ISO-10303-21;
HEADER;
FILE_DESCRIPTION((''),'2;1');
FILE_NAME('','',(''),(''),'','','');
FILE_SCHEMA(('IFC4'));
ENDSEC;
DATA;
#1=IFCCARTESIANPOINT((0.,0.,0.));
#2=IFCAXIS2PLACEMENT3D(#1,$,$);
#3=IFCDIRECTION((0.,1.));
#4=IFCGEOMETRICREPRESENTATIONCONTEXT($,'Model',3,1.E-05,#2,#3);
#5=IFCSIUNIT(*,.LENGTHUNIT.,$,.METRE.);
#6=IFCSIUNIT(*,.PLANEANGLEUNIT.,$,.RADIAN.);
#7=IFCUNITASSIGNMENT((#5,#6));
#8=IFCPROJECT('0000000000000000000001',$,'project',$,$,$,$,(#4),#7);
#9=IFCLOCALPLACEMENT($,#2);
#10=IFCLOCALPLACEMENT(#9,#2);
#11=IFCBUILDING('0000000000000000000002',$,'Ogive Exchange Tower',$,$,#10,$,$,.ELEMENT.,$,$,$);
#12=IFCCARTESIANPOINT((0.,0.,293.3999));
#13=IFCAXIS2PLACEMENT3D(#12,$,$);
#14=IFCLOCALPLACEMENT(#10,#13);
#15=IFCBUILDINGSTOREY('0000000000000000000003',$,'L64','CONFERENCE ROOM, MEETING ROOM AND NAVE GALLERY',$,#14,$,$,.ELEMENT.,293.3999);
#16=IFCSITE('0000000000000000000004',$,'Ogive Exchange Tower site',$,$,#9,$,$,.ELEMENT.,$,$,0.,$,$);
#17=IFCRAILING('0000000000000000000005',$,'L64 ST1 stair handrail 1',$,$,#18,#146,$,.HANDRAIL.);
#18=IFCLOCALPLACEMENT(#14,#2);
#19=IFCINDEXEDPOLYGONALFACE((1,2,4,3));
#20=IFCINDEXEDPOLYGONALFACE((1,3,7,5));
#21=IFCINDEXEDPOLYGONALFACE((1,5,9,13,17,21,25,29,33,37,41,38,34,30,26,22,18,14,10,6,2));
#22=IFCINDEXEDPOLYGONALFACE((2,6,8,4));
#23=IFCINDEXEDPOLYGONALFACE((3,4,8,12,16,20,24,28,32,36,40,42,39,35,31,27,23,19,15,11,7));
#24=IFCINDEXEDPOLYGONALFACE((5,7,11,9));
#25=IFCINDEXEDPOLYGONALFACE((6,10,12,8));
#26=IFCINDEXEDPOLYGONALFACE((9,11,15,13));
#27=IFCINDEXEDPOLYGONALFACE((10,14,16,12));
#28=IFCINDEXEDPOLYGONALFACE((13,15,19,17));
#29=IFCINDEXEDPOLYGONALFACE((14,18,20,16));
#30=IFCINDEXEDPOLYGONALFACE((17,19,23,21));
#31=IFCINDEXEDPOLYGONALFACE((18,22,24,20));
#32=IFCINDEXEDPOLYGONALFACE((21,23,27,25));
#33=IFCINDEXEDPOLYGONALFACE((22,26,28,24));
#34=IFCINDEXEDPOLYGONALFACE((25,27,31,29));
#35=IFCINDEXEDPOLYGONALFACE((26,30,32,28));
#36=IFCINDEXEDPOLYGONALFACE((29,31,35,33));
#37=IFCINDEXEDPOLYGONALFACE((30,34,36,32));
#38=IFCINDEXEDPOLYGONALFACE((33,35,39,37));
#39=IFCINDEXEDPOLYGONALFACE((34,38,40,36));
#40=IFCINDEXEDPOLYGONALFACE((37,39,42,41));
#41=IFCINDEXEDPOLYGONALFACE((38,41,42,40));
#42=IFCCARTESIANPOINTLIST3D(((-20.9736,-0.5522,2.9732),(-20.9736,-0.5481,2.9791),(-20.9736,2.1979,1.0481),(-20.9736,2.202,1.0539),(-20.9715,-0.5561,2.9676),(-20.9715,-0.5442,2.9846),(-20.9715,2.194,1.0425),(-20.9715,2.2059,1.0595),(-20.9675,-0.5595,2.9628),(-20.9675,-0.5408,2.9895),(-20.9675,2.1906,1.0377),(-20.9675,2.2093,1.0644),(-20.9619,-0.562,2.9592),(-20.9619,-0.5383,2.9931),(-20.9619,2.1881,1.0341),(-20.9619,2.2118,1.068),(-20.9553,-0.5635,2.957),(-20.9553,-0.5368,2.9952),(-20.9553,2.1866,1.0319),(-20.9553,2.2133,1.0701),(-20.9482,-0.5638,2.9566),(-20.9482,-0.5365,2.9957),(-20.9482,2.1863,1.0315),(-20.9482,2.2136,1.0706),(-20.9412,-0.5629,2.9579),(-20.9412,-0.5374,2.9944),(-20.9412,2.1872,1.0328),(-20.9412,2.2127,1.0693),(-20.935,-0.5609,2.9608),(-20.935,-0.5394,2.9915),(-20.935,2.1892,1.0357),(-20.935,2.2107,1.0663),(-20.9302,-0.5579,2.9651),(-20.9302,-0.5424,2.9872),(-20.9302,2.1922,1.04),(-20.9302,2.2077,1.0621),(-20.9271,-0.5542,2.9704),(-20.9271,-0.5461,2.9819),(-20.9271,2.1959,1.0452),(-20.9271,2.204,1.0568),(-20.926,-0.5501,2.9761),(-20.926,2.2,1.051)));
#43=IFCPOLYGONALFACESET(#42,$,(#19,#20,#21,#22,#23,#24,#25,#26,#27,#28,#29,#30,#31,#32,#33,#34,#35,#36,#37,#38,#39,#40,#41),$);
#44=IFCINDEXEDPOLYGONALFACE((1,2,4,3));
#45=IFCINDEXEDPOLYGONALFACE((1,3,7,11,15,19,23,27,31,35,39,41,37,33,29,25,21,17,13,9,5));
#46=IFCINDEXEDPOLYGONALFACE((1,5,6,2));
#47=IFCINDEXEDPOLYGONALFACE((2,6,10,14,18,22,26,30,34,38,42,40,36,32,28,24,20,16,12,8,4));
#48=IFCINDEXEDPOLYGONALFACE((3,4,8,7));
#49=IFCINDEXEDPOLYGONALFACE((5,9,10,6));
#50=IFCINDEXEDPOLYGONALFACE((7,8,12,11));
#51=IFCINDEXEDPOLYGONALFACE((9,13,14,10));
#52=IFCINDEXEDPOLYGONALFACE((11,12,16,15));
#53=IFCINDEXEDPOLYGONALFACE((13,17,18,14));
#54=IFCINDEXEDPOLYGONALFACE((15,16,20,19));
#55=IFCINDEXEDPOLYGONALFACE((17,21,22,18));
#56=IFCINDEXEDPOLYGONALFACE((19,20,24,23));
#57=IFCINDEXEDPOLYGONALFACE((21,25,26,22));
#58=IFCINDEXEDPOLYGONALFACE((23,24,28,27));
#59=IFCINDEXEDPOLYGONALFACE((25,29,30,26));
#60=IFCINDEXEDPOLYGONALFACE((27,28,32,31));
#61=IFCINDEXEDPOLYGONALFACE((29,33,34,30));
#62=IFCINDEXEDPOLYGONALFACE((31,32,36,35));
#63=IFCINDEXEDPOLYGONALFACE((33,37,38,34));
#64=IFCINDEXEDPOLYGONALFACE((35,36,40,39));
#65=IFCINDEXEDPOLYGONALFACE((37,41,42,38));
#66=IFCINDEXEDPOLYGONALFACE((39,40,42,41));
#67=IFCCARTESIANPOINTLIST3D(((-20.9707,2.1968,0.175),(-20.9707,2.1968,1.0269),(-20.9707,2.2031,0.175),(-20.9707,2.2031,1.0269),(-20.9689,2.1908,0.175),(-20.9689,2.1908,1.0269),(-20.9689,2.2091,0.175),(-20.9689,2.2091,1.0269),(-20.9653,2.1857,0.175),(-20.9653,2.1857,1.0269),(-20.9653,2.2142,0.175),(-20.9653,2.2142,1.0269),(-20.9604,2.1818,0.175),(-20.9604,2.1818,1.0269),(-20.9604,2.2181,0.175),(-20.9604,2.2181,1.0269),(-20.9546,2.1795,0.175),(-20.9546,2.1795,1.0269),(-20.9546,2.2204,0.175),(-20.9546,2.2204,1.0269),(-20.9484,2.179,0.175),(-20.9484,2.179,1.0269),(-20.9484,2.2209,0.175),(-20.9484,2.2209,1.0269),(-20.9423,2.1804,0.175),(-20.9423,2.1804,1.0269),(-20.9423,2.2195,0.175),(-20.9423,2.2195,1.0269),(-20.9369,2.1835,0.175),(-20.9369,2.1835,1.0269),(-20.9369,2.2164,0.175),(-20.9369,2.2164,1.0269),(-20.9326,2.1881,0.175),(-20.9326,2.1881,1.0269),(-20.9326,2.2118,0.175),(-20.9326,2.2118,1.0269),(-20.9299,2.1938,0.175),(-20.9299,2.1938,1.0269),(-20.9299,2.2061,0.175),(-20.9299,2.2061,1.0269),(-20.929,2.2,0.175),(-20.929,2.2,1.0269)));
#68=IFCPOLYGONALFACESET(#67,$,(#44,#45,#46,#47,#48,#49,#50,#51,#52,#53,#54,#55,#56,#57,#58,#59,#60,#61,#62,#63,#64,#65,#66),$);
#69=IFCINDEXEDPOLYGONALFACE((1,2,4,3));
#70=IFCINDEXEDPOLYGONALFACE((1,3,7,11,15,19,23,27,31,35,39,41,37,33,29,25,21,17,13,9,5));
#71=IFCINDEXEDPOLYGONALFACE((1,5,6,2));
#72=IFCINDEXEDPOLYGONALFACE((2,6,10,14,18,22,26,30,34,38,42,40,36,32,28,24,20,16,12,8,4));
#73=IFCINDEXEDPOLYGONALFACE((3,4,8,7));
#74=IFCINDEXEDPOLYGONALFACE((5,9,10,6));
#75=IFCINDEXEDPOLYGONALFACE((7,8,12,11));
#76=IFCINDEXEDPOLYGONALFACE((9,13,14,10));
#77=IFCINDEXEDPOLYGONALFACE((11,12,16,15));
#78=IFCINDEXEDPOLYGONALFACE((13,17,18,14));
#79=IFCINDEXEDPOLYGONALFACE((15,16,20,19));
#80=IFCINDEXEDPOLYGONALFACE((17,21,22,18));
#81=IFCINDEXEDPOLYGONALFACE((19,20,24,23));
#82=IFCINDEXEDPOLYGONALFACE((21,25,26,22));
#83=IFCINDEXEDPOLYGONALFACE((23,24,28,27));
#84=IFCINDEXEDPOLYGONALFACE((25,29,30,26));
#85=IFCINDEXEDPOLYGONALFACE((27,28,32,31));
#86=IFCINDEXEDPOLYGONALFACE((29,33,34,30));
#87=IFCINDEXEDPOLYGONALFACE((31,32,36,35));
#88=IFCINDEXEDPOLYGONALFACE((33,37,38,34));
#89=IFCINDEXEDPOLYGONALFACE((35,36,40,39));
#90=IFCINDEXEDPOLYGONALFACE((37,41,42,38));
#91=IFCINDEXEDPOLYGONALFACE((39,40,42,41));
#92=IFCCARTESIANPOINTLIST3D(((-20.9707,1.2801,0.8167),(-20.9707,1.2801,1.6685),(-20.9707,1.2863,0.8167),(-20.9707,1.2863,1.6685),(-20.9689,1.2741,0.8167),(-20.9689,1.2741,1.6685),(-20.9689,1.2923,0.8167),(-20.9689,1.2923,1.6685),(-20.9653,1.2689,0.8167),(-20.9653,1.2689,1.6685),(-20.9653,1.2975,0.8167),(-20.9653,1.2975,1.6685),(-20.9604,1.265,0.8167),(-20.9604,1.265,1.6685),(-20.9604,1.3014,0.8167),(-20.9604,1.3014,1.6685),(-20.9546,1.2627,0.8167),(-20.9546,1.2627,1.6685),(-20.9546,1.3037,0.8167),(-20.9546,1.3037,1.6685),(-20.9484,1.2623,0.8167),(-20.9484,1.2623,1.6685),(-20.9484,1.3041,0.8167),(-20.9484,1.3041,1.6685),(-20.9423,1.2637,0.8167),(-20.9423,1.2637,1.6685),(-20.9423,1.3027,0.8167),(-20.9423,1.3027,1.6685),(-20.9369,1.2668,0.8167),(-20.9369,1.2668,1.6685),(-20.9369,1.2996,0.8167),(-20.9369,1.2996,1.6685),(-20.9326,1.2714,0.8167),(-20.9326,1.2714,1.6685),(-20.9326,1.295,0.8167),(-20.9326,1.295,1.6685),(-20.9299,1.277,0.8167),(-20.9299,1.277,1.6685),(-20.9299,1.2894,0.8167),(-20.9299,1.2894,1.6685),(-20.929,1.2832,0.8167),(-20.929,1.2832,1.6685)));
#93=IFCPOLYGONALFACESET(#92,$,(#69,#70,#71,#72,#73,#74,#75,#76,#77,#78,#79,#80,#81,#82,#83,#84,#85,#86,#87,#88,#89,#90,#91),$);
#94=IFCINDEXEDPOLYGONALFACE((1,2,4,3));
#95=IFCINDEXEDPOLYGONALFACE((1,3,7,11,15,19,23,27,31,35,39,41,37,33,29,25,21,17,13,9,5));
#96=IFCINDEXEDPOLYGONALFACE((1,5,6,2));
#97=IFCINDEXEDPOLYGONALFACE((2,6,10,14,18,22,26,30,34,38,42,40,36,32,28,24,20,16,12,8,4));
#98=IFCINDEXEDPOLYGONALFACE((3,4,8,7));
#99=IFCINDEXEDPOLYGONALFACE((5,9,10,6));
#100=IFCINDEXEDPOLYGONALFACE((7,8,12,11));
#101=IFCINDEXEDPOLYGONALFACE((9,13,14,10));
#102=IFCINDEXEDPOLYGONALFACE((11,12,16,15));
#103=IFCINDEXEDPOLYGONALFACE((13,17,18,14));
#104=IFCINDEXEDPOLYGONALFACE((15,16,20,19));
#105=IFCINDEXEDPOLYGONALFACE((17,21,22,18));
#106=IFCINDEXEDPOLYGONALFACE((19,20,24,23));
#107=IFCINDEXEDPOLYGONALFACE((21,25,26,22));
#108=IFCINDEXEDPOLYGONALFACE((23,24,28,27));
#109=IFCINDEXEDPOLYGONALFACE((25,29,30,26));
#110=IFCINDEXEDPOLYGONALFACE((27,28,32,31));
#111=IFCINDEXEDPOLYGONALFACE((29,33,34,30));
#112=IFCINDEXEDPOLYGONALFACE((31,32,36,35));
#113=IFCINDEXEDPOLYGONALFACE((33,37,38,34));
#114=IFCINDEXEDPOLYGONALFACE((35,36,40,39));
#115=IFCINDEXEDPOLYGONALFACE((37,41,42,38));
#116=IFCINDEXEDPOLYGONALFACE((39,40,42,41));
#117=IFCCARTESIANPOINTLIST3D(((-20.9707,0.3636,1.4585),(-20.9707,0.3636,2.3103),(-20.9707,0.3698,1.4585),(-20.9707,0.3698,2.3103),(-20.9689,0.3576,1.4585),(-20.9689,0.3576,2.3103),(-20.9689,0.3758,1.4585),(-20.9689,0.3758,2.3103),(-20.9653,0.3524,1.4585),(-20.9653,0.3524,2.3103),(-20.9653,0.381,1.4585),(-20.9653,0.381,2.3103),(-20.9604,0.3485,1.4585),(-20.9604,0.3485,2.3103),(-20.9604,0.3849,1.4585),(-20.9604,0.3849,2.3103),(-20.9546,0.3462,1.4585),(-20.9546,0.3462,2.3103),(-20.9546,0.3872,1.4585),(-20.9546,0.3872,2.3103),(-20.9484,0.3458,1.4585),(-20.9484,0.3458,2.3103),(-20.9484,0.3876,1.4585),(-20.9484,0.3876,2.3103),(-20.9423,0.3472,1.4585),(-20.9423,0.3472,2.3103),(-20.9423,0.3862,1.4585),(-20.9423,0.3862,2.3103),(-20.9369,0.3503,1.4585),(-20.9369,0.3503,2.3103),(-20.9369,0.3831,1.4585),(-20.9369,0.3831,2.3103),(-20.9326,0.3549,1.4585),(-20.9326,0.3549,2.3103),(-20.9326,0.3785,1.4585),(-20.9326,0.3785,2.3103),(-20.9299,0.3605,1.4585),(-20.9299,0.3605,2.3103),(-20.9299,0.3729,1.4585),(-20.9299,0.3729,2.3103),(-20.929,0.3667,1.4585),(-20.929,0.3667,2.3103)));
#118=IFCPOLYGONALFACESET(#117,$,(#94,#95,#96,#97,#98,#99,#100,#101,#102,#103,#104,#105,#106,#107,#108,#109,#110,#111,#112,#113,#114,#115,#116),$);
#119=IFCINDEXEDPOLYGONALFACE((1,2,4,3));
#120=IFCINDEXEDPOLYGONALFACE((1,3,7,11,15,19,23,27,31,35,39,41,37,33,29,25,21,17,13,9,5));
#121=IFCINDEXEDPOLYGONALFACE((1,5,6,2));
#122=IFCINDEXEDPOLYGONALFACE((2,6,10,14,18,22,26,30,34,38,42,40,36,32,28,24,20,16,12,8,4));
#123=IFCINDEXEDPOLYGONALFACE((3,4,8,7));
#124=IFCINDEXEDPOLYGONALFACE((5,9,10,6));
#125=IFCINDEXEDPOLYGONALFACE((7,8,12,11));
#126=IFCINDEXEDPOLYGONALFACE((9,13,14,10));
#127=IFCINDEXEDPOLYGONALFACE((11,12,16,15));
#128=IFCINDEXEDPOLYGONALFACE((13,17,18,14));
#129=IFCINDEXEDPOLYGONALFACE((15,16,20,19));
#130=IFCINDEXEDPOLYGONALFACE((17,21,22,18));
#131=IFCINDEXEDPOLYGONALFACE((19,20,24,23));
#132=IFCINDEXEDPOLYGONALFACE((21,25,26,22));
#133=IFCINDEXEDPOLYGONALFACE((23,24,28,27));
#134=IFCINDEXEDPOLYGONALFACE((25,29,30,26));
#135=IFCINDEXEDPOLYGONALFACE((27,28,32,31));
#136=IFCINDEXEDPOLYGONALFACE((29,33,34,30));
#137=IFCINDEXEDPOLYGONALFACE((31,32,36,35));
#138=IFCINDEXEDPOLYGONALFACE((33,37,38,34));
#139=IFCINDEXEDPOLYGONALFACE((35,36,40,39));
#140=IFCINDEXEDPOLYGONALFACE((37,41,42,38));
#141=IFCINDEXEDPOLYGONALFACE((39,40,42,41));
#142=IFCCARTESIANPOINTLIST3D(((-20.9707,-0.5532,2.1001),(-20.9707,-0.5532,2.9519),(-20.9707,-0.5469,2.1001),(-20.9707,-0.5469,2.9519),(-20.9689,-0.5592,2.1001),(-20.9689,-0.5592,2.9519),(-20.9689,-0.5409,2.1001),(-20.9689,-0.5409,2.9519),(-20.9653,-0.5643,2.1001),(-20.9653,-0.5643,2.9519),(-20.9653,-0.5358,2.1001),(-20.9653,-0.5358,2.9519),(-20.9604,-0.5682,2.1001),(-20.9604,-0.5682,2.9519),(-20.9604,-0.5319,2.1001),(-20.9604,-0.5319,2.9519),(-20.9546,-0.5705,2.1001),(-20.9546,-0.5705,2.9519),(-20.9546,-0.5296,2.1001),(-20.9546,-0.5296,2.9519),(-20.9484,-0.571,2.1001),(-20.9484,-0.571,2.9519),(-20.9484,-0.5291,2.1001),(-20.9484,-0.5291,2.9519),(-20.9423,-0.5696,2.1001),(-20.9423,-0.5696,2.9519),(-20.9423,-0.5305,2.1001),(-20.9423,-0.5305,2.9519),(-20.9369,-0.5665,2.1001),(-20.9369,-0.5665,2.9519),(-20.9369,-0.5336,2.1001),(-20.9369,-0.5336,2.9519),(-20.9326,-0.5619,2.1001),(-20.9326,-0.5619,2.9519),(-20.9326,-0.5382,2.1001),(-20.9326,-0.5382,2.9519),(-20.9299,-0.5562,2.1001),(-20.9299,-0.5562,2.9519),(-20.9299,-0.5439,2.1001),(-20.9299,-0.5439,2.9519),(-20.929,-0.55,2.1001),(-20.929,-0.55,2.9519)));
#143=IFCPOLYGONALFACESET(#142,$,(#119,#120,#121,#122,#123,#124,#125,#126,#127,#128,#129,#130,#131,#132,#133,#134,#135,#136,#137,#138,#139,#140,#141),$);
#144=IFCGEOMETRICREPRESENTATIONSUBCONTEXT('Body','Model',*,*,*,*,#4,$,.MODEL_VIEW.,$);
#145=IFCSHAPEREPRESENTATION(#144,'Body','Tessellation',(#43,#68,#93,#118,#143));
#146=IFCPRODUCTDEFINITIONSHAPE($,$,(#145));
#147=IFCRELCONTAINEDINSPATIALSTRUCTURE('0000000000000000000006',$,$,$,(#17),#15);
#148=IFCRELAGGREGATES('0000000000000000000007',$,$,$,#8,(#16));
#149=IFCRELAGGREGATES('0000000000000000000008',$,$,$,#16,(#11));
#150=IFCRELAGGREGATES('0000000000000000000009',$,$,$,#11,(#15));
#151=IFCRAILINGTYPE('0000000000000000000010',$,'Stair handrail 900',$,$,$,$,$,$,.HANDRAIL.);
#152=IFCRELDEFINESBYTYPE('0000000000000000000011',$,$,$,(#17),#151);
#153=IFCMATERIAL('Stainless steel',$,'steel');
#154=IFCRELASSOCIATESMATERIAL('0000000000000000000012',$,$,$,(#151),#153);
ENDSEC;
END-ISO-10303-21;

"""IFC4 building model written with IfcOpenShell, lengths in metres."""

from ifc_helpers import new_model, si_unit, direction, frame, origin, origin_2d, place, context, subcontext, project, spatial, circle, extrude, material, type_object, element, save


model = new_model("IFC4")

# Units and contexts
model_context = context("Model", 3, precision=1e-05, world=origin(), true_north=direction((0.0, 1.0)))
body_context = subcontext(model_context, "Body", "Model", "MODEL_VIEW")
ifc_project = project(units=[si_unit("LENGTHUNIT", "METRE"), si_unit("PLANEANGLEUNIT", "RADIAN")], contexts=[model_context])

# Site, building, storey
site_placement = place(None, origin())
site = spatial("IfcSite", under=ifc_project, at=site_placement, Name="Ogive Exchange Tower site", CompositionType="ELEMENT", RefElevation=0.0)
building_placement = place(site_placement, origin())
building = spatial("IfcBuilding", under=site, at=building_placement, Name="Ogive Exchange Tower", CompositionType="ELEMENT")
storey_placement = place(building_placement, frame((0.0, 0.0, 293.3999)))
storey = spatial("IfcBuildingStorey", under=building, at=storey_placement, Name="L64", Description="CONFERENCE ROOM, MEETING ROOM AND NAVE GALLERY", CompositionType="ELEMENT", Elevation=293.3999)

# Shared definitions
ifc_material_1 = material(Name="Stainless steel", Category="steel")

# Railing
railing_type = type_object("IfcRailingType", Name="Stair handrail 900", PredefinedType="HANDRAIL", material=ifc_material_1)
railing_placement = place(storey_placement, frame((-20.95, 2.2, 0.175)))
element("IfcRailing", 1, at=railing_placement, inside=storey, type_object=railing_type, Name="L64 ST1 stair handrail 1", PredefinedType="HANDRAIL", context=body_context, shape_type="SweptSolid", body=[
    extrude(circle(Radius=0.0239, at=origin_2d()), frame((0.0, 0.0, 0.876), z_axis=(0.0, -0.819225, 0.573472), x_axis=(1.0, 0.0, 0.0)), (0.0, 0.0, 1.0), 3.3569),
    extrude(circle(Radius=0.021, at=origin_2d()), origin(), (0.0, 0.0, 1.0), 0.8518),
    extrude(circle(Radius=0.021, at=origin_2d()), frame((0.0, -0.9167, 0.6416)), (0.0, 0.0, 1.0), 0.8518),
    extrude(circle(Radius=0.021, at=origin_2d()), frame((0.0, -1.8333, 1.2834)), (0.0, 0.0, 1.0), 0.8518),
    extrude(circle(Radius=0.021, at=origin_2d()), frame((0.0, -2.75, 1.925)), (0.0, 0.0, 1.0), 0.8518),
])

save(model, "model.ifc")
